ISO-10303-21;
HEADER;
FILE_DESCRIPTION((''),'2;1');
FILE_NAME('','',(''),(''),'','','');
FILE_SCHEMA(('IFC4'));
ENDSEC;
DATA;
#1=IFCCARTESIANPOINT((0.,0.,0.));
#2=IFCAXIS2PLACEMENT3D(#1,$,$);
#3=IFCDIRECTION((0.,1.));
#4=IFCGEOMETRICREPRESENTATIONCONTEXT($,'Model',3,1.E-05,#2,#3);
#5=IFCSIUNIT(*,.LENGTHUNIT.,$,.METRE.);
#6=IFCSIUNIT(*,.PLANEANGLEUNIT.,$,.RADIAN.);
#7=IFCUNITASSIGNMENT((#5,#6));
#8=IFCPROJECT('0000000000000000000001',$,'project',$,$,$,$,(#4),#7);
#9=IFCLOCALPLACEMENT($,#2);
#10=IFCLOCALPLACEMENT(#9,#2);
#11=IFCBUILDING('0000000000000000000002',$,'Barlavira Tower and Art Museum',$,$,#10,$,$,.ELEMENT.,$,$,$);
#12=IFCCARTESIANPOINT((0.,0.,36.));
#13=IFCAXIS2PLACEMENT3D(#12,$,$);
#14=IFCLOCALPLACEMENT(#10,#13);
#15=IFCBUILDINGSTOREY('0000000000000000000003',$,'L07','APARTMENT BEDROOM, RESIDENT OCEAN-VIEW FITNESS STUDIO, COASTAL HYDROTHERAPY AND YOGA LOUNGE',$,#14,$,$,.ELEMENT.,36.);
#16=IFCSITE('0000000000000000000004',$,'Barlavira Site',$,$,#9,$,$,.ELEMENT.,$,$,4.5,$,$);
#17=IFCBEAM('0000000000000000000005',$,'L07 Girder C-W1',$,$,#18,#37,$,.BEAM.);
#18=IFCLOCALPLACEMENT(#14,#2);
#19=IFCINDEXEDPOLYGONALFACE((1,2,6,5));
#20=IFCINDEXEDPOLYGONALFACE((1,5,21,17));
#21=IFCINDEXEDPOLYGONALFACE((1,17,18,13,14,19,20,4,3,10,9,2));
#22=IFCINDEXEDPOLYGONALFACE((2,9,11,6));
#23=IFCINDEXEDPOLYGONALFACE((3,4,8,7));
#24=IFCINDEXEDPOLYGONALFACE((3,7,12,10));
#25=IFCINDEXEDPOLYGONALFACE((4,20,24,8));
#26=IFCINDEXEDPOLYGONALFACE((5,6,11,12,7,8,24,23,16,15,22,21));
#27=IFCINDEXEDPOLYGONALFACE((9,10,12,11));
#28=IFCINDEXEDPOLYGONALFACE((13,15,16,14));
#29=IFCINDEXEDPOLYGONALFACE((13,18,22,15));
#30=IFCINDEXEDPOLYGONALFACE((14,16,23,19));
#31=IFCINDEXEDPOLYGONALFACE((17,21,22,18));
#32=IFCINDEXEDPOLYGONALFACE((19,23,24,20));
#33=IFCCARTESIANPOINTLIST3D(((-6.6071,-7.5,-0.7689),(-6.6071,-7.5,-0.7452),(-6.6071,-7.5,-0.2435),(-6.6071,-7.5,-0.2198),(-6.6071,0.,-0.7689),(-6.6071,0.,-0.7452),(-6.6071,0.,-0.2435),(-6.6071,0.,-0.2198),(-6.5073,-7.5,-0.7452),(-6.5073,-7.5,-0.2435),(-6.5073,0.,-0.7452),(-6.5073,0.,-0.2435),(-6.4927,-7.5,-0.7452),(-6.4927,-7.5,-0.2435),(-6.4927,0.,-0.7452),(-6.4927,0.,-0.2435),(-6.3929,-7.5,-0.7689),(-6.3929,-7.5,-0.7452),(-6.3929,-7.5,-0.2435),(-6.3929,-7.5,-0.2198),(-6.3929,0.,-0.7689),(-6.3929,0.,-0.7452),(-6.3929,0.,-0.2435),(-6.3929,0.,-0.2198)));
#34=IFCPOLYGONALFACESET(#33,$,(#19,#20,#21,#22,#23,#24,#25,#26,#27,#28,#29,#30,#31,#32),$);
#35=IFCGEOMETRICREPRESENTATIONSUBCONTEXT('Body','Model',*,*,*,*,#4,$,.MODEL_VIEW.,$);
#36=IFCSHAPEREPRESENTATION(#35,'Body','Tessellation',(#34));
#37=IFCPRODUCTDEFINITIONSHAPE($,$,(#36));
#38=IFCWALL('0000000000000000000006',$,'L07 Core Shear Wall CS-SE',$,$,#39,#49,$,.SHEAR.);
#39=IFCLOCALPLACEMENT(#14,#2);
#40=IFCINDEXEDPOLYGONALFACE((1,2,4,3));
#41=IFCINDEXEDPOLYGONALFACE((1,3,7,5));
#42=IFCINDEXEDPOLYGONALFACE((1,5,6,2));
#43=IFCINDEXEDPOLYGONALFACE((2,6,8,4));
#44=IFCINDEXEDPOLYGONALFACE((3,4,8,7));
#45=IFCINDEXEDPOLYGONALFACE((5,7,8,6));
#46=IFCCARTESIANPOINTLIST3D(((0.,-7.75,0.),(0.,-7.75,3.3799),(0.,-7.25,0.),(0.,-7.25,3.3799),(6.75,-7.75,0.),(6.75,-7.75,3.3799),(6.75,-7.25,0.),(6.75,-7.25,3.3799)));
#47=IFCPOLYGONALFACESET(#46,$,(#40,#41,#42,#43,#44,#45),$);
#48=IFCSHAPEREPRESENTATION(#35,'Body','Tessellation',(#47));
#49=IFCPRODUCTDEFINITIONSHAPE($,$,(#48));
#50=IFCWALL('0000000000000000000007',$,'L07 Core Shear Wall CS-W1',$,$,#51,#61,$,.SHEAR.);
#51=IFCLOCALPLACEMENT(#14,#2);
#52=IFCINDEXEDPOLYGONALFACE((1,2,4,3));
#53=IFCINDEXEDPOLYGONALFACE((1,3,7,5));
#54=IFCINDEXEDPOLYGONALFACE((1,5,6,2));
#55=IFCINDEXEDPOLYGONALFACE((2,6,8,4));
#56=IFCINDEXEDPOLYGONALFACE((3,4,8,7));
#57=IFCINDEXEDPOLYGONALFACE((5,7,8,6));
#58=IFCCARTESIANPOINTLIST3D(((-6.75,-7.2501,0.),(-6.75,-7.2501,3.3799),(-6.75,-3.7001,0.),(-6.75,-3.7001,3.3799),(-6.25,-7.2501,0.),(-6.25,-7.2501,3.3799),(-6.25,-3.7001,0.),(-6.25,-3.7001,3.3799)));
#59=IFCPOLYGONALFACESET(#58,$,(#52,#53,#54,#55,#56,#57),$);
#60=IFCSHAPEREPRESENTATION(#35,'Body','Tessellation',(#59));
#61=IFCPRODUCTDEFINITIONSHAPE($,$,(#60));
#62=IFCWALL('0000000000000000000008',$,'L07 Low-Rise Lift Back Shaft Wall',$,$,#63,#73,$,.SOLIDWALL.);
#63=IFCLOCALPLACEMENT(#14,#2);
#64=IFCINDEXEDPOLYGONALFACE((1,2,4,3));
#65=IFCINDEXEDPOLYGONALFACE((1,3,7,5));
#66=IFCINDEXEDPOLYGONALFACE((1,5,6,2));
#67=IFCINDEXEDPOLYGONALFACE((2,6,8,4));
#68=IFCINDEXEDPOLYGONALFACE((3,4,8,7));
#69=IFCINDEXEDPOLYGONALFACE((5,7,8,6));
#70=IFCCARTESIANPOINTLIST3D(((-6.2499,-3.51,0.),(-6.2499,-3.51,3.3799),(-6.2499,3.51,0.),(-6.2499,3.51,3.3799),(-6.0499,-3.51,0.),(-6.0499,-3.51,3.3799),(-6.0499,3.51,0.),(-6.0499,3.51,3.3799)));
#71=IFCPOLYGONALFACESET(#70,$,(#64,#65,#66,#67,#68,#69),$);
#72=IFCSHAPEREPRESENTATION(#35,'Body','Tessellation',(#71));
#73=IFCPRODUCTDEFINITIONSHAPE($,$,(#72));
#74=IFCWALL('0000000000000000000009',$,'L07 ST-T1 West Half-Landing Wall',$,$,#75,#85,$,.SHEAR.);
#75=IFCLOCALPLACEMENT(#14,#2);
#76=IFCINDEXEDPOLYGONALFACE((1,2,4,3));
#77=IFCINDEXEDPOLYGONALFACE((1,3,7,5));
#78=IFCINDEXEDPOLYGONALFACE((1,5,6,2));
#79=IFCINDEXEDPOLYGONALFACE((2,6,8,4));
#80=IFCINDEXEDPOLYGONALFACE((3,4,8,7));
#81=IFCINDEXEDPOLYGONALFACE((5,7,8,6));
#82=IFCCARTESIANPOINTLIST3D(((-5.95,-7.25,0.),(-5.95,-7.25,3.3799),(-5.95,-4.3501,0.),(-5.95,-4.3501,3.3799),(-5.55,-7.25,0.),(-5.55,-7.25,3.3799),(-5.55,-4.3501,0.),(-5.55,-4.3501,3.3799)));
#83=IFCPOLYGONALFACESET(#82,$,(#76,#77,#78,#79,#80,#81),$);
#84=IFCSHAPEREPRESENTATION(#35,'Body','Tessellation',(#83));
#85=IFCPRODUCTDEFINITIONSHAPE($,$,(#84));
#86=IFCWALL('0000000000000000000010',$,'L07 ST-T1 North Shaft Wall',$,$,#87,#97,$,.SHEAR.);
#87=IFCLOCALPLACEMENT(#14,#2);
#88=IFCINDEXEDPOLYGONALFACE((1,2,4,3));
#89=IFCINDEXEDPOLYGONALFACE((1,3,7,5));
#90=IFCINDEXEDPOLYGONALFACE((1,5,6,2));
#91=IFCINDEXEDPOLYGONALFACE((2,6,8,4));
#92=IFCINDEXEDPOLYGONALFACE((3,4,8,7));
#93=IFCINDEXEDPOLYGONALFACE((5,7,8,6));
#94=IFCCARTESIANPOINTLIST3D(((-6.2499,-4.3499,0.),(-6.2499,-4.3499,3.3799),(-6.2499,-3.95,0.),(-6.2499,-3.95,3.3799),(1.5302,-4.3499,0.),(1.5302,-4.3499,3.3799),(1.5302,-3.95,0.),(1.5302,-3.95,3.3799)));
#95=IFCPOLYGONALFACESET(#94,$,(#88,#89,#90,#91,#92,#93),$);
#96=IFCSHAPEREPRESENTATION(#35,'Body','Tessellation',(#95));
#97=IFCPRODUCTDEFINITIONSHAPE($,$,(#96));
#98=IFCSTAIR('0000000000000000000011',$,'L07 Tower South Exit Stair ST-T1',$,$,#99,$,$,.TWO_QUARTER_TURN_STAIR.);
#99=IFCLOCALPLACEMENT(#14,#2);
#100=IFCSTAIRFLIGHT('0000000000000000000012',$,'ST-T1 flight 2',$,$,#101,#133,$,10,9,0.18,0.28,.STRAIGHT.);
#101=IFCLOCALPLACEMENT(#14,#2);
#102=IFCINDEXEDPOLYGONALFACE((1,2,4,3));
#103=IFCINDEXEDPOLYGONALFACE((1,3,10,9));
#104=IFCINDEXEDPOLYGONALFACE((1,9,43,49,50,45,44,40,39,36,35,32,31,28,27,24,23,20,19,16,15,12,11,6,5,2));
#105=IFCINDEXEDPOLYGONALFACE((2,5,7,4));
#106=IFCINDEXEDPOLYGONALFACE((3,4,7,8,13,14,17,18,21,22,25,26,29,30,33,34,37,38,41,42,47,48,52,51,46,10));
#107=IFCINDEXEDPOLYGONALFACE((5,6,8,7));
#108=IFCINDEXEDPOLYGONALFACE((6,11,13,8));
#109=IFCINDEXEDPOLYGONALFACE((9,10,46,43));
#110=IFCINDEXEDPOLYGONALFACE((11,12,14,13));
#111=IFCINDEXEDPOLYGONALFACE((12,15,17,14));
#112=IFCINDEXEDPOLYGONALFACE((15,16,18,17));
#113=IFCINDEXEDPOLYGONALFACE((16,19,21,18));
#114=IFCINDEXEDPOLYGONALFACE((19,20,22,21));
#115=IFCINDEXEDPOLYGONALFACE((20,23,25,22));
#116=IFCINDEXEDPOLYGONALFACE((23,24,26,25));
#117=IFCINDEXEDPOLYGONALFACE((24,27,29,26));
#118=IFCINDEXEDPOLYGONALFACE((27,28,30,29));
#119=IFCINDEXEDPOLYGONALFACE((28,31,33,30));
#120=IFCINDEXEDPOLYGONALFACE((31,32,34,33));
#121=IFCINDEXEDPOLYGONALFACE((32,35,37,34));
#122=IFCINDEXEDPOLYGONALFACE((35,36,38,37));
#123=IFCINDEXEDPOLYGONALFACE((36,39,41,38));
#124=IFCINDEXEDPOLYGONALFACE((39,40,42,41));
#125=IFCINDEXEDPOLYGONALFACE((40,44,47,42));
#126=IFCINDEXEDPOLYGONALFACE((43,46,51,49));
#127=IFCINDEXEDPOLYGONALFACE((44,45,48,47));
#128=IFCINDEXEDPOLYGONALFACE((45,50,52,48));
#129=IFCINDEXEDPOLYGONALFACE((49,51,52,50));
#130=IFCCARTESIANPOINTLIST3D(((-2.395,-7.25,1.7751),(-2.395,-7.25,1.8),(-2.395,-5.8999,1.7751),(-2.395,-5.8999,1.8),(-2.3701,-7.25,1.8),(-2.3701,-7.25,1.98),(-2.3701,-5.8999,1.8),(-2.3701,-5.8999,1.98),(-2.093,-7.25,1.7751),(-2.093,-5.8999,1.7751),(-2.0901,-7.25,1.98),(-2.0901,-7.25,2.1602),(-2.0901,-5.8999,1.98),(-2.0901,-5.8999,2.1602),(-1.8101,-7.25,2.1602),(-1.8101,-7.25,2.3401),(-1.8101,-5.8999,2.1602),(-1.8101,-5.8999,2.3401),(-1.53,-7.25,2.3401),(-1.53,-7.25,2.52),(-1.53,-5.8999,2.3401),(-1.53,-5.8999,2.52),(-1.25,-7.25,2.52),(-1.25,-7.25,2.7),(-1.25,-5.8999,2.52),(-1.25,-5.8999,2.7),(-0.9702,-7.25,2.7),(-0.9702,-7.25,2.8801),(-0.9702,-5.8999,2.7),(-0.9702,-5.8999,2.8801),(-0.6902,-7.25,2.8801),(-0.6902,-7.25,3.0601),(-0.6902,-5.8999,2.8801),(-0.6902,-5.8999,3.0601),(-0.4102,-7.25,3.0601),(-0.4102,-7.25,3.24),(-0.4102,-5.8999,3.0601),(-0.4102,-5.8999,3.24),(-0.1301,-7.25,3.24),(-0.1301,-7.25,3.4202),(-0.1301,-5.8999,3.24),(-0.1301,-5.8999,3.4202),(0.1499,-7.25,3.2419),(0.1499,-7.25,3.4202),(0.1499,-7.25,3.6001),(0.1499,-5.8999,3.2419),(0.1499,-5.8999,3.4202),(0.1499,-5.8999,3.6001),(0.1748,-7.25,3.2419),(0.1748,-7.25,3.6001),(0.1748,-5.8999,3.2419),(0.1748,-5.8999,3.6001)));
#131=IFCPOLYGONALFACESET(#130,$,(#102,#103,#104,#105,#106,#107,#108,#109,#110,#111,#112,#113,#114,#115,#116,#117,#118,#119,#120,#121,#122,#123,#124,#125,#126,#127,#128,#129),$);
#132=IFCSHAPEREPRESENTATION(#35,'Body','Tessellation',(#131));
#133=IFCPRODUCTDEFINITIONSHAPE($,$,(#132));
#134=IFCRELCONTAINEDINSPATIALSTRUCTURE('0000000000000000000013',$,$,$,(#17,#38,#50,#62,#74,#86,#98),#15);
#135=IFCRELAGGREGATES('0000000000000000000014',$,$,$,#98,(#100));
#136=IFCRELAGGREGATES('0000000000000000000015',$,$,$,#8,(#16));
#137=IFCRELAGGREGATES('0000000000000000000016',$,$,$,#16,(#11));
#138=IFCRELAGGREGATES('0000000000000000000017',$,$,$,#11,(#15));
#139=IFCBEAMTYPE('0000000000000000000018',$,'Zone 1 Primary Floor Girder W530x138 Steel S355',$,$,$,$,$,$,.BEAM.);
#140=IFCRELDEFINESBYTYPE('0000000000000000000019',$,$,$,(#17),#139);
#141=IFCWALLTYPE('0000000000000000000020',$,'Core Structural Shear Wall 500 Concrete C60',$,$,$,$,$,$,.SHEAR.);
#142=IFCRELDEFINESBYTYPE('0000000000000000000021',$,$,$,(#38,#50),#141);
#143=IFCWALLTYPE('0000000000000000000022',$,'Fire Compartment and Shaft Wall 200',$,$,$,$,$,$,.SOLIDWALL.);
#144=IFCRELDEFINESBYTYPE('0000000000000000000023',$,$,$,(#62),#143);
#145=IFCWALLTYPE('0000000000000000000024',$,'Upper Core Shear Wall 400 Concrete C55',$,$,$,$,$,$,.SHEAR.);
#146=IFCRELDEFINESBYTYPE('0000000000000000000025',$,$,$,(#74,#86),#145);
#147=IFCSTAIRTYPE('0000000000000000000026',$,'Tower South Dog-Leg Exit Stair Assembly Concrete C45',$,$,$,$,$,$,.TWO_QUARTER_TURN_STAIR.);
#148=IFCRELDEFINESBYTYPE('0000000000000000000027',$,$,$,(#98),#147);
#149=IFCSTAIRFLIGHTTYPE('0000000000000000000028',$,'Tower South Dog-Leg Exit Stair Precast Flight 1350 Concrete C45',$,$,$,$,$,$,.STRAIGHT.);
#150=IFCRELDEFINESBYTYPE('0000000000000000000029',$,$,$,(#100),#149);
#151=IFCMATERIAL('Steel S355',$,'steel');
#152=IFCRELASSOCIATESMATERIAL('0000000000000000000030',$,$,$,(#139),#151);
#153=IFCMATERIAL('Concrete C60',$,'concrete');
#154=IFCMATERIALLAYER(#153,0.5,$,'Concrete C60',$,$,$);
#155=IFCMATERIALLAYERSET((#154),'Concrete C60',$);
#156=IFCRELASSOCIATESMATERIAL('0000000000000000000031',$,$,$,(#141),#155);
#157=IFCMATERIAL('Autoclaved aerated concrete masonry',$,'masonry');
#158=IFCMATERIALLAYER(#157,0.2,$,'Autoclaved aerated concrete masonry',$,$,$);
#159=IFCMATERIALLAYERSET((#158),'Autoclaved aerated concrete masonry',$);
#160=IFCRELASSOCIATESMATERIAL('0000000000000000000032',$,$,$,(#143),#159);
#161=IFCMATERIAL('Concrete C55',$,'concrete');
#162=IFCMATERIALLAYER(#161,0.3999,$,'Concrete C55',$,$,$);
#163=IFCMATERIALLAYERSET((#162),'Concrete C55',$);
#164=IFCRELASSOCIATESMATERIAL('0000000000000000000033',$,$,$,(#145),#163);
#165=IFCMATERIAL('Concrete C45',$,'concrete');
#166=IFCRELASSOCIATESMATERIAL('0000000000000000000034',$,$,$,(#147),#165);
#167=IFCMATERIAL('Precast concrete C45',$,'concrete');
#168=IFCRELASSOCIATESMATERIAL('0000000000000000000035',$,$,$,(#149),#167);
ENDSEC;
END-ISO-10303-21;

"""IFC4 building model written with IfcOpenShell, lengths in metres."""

from ifc_helpers import new_model, si_unit, direction, frame, frame_2d, origin, origin_2d, place, context, subcontext, project, spatial, polyline, rectangle, i_section, outline, extrude, material, layer, layer_set, material_profile, profile_set, type_object, element, aggregate, save


model = new_model("IFC4")

# Units and contexts
model_context = context("Model", 3, precision=1e-05, world=origin(), true_north=direction((0.0, 1.0)))
body_context = subcontext(model_context, "Body", "Model", "MODEL_VIEW")
ifc_project = project(units=[si_unit("LENGTHUNIT", "METRE"), si_unit("PLANEANGLEUNIT", "RADIAN")], contexts=[model_context])

# Site, building, storey
site_placement = place(None, origin())
site = spatial("IfcSite", under=ifc_project, at=site_placement, Name="Barlavira Site", CompositionType="ELEMENT", RefElevation=4.5)
building_placement = place(site_placement, origin())
building = spatial("IfcBuilding", under=site, at=building_placement, Name="Barlavira Tower and Art Museum", CompositionType="ELEMENT")
storey_placement = place(building_placement, frame((0.0, 0.0, 36.0)))
storey = spatial("IfcBuildingStorey", under=building, at=storey_placement, Name="L07", Description="APARTMENT BEDROOM, RESIDENT OCEAN-VIEW FITNESS STUDIO, COASTAL HYDROTHERAPY AND YOGA LOUNGE", CompositionType="ELEMENT", Elevation=36.0)

# Beam
ifc_material_1 = material(Name="Steel S355", Category="steel")
ifc_material_profile = material_profile(ifc_material_1, i_section(OverallWidth=0.2141, OverallDepth=0.5491, WebThickness=0.0146, FlangeThickness=0.0237, at=origin_2d()), Name="W530x138.0")
ifc_profile_set = profile_set([ifc_material_profile], Name="Steel S355")
beam_type = type_object("IfcBeamType", Name="Zone 1 Primary Floor Girder W530x138 Steel S355", PredefinedType="BEAM", material=ifc_profile_set)
beam_placement = place(storey_placement, frame((-6.5, -7.5, -0.4944), z_axis=(0.0, 1.0, 0.0), x_axis=(-1.0, 0.0, 0.0)))
element("IfcBeam", 1, at=beam_placement, inside=storey, type_object=beam_type, Name="L07 Girder C-W1", PredefinedType="BEAM", context=body_context, shape_type="SweptSolid", body=[
    extrude(i_section(OverallWidth=0.2141, OverallDepth=0.5491, WebThickness=0.0146, FlangeThickness=0.0237, at=origin_2d()), origin(), (0.0, 0.0, 1.0), 7.5),
])

# Walls
ifc_material_2 = material(Name="Concrete C60", Category="concrete")
ifc_layer_1 = layer(ifc_material_2, 0.5, Name="Concrete C60")
ifc_layer_set_1 = layer_set([ifc_layer_1], Name="Concrete C60")
wall_type_1 = type_object("IfcWallType", Name="Core Structural Shear Wall 500 Concrete C60", PredefinedType="SHEAR", material=ifc_layer_set_1)
wall_1_placement = place(storey_placement, frame((0.0, -7.5, 0.0), z_axis=(0.0, 0.0, 1.0), x_axis=(1.0, 0.0, 0.0)))
element("IfcWall", 2, at=wall_1_placement, inside=storey, type_object=wall_type_1, Name="L07 Core Shear Wall CS-SE", PredefinedType="SHEAR", context=body_context, shape_type="SweptSolid", body=[
    extrude(rectangle(XDim=6.75, YDim=0.5, at=frame_2d((3.375, 0.0))), origin(), (0.0, 0.0, 1.0), 3.3799),
])
wall_2_placement = place(storey_placement, frame((-6.5, -7.25, 0.0), z_axis=(0.0, 0.0, 1.0), x_axis=(0.0, 1.0, 0.0)))
element("IfcWall", 3, at=wall_2_placement, inside=storey, type_object=wall_type_1, Name="L07 Core Shear Wall CS-W1", PredefinedType="SHEAR", context=body_context, shape_type="SweptSolid", body=[
    extrude(rectangle(XDim=3.55, YDim=0.5, at=frame_2d((1.7749, 0.0))), origin(), (0.0, 0.0, 1.0), 3.3799),
])

# Shared definitions
ifc_material_3 = material(Name="Autoclaved aerated concrete masonry", Category="masonry")
ifc_layer_2 = layer(ifc_material_3, 0.2, Name="Autoclaved aerated concrete masonry")
ifc_layer_set_2 = layer_set([ifc_layer_2], Name="Autoclaved aerated concrete masonry")
wall_type_2 = type_object("IfcWallType", Name="Fire Compartment and Shaft Wall 200", PredefinedType="SOLIDWALL", material=ifc_layer_set_2)

# Walls
wall_3_placement = place(storey_placement, frame((-6.1499, -3.51, 0.0), z_axis=(0.0, 0.0, 1.0), x_axis=(0.0, 1.0, 0.0)))
element("IfcWall", 4, at=wall_3_placement, inside=storey, type_object=wall_type_2, Name="L07 Low-Rise Lift Back Shaft Wall", PredefinedType="SOLIDWALL", context=body_context, shape_type="SweptSolid", body=[
    extrude(rectangle(XDim=7.02, YDim=0.2, at=frame_2d((3.51, 0.0))), origin(), (0.0, 0.0, 1.0), 3.3799),
])
ifc_material_4 = material(Name="Concrete C55", Category="concrete")
ifc_layer_3 = layer(ifc_material_4, 0.3999, Name="Concrete C55")
ifc_layer_set_3 = layer_set([ifc_layer_3], Name="Concrete C55")
wall_type_3 = type_object("IfcWallType", Name="Upper Core Shear Wall 400 Concrete C55", PredefinedType="SHEAR", material=ifc_layer_set_3)
wall_4_placement = place(storey_placement, frame((-5.75, -7.25, 0.0), z_axis=(0.0, 0.0, 1.0), x_axis=(0.0, 1.0, 0.0)))
element("IfcWall", 5, at=wall_4_placement, inside=storey, type_object=wall_type_3, Name="L07 ST-T1 West Half-Landing Wall", PredefinedType="SHEAR", context=body_context, shape_type="SweptSolid", body=[
    extrude(rectangle(XDim=2.8999, YDim=0.3999, at=frame_2d((1.45, 0.0))), origin(), (0.0, 0.0, 1.0), 3.3799),
])
wall_5_placement = place(storey_placement, frame((-6.25, -4.1499, 0.0), z_axis=(0.0, 0.0, 1.0), x_axis=(1.0, 0.0, 0.0)))
element("IfcWall", 6, at=wall_5_placement, inside=storey, type_object=wall_type_3, Name="L07 ST-T1 North Shaft Wall", PredefinedType="SHEAR", context=body_context, shape_type="SweptSolid", body=[
    extrude(rectangle(XDim=7.78, YDim=0.3999, at=frame_2d((3.8901, 0.0))), origin(), (0.0, 0.0, 1.0), 3.3799),
])

# Stair, stair flight
ifc_material_5 = material(Name="Concrete C45", Category="concrete")
stair_type = type_object("IfcStairType", Name="Tower South Dog-Leg Exit Stair Assembly Concrete C45", PredefinedType="TWO_QUARTER_TURN_STAIR", material=ifc_material_5)
stair_placement = place(storey_placement, origin())
stair = element("IfcStair", 7, at=stair_placement, inside=storey, type_object=stair_type, Name="L07 Tower South Exit Stair ST-T1", PredefinedType="TWO_QUARTER_TURN_STAIR")
ifc_material_6 = material(Name="Precast concrete C45", Category="concrete")
stair_flight_type = type_object("IfcStairFlightType", Name="Tower South Dog-Leg Exit Stair Precast Flight 1350 Concrete C45", PredefinedType="STRAIGHT", material=ifc_material_6)
stair_flight_placement = place(storey_placement, frame((-2.3701, -6.575, 1.8), z_axis=(0.0, 0.0, 1.0), x_axis=(1.0, 0.0, 0.0)))
stair_flight = element("IfcStairFlight", 8, at=stair_flight_placement, type_object=stair_flight_type, Name="ST-T1 flight 2", NumberOfRisers=10, NumberOfTreads=9, PredefinedType="STRAIGHT", RiserHeight=0.18, TreadLength=0.28, context=body_context, shape_type="SweptSolid", body=[
    extrude(outline(polyline([(-0.0249, 0.0), (0.0, 0.0), (0.0, 0.1799), (0.28, 0.1799), (0.28, 0.3601), (0.5601, 0.3601), (0.5601, 0.54), (0.8401, 0.54), (0.8401, 0.72), (1.1201, 0.72), (1.1201, 0.8999), (1.3999, 0.8999), (1.3999, 1.0801), (1.6799, 1.0801), (1.6799, 1.26), (1.96, 1.26), (1.96, 1.4399), (2.24, 1.4399), (2.24, 1.6201), (2.52, 1.6201), (2.52, 1.8), (2.5449, 1.8), (2.5449, 1.4419), (2.52, 1.4419), (0.2771, -0.0249), (-0.0249, -0.0249), (-0.0249, 0.0)])), frame((0.0, 0.675, 0.0), z_axis=(0.0, -1.0, 0.0), x_axis=(1.0, 0.0, 0.0)), (0.0, 0.0, 1.0), 1.3501),
])
aggregate(stair, [stair_flight])

save(model, "model.ifc")
